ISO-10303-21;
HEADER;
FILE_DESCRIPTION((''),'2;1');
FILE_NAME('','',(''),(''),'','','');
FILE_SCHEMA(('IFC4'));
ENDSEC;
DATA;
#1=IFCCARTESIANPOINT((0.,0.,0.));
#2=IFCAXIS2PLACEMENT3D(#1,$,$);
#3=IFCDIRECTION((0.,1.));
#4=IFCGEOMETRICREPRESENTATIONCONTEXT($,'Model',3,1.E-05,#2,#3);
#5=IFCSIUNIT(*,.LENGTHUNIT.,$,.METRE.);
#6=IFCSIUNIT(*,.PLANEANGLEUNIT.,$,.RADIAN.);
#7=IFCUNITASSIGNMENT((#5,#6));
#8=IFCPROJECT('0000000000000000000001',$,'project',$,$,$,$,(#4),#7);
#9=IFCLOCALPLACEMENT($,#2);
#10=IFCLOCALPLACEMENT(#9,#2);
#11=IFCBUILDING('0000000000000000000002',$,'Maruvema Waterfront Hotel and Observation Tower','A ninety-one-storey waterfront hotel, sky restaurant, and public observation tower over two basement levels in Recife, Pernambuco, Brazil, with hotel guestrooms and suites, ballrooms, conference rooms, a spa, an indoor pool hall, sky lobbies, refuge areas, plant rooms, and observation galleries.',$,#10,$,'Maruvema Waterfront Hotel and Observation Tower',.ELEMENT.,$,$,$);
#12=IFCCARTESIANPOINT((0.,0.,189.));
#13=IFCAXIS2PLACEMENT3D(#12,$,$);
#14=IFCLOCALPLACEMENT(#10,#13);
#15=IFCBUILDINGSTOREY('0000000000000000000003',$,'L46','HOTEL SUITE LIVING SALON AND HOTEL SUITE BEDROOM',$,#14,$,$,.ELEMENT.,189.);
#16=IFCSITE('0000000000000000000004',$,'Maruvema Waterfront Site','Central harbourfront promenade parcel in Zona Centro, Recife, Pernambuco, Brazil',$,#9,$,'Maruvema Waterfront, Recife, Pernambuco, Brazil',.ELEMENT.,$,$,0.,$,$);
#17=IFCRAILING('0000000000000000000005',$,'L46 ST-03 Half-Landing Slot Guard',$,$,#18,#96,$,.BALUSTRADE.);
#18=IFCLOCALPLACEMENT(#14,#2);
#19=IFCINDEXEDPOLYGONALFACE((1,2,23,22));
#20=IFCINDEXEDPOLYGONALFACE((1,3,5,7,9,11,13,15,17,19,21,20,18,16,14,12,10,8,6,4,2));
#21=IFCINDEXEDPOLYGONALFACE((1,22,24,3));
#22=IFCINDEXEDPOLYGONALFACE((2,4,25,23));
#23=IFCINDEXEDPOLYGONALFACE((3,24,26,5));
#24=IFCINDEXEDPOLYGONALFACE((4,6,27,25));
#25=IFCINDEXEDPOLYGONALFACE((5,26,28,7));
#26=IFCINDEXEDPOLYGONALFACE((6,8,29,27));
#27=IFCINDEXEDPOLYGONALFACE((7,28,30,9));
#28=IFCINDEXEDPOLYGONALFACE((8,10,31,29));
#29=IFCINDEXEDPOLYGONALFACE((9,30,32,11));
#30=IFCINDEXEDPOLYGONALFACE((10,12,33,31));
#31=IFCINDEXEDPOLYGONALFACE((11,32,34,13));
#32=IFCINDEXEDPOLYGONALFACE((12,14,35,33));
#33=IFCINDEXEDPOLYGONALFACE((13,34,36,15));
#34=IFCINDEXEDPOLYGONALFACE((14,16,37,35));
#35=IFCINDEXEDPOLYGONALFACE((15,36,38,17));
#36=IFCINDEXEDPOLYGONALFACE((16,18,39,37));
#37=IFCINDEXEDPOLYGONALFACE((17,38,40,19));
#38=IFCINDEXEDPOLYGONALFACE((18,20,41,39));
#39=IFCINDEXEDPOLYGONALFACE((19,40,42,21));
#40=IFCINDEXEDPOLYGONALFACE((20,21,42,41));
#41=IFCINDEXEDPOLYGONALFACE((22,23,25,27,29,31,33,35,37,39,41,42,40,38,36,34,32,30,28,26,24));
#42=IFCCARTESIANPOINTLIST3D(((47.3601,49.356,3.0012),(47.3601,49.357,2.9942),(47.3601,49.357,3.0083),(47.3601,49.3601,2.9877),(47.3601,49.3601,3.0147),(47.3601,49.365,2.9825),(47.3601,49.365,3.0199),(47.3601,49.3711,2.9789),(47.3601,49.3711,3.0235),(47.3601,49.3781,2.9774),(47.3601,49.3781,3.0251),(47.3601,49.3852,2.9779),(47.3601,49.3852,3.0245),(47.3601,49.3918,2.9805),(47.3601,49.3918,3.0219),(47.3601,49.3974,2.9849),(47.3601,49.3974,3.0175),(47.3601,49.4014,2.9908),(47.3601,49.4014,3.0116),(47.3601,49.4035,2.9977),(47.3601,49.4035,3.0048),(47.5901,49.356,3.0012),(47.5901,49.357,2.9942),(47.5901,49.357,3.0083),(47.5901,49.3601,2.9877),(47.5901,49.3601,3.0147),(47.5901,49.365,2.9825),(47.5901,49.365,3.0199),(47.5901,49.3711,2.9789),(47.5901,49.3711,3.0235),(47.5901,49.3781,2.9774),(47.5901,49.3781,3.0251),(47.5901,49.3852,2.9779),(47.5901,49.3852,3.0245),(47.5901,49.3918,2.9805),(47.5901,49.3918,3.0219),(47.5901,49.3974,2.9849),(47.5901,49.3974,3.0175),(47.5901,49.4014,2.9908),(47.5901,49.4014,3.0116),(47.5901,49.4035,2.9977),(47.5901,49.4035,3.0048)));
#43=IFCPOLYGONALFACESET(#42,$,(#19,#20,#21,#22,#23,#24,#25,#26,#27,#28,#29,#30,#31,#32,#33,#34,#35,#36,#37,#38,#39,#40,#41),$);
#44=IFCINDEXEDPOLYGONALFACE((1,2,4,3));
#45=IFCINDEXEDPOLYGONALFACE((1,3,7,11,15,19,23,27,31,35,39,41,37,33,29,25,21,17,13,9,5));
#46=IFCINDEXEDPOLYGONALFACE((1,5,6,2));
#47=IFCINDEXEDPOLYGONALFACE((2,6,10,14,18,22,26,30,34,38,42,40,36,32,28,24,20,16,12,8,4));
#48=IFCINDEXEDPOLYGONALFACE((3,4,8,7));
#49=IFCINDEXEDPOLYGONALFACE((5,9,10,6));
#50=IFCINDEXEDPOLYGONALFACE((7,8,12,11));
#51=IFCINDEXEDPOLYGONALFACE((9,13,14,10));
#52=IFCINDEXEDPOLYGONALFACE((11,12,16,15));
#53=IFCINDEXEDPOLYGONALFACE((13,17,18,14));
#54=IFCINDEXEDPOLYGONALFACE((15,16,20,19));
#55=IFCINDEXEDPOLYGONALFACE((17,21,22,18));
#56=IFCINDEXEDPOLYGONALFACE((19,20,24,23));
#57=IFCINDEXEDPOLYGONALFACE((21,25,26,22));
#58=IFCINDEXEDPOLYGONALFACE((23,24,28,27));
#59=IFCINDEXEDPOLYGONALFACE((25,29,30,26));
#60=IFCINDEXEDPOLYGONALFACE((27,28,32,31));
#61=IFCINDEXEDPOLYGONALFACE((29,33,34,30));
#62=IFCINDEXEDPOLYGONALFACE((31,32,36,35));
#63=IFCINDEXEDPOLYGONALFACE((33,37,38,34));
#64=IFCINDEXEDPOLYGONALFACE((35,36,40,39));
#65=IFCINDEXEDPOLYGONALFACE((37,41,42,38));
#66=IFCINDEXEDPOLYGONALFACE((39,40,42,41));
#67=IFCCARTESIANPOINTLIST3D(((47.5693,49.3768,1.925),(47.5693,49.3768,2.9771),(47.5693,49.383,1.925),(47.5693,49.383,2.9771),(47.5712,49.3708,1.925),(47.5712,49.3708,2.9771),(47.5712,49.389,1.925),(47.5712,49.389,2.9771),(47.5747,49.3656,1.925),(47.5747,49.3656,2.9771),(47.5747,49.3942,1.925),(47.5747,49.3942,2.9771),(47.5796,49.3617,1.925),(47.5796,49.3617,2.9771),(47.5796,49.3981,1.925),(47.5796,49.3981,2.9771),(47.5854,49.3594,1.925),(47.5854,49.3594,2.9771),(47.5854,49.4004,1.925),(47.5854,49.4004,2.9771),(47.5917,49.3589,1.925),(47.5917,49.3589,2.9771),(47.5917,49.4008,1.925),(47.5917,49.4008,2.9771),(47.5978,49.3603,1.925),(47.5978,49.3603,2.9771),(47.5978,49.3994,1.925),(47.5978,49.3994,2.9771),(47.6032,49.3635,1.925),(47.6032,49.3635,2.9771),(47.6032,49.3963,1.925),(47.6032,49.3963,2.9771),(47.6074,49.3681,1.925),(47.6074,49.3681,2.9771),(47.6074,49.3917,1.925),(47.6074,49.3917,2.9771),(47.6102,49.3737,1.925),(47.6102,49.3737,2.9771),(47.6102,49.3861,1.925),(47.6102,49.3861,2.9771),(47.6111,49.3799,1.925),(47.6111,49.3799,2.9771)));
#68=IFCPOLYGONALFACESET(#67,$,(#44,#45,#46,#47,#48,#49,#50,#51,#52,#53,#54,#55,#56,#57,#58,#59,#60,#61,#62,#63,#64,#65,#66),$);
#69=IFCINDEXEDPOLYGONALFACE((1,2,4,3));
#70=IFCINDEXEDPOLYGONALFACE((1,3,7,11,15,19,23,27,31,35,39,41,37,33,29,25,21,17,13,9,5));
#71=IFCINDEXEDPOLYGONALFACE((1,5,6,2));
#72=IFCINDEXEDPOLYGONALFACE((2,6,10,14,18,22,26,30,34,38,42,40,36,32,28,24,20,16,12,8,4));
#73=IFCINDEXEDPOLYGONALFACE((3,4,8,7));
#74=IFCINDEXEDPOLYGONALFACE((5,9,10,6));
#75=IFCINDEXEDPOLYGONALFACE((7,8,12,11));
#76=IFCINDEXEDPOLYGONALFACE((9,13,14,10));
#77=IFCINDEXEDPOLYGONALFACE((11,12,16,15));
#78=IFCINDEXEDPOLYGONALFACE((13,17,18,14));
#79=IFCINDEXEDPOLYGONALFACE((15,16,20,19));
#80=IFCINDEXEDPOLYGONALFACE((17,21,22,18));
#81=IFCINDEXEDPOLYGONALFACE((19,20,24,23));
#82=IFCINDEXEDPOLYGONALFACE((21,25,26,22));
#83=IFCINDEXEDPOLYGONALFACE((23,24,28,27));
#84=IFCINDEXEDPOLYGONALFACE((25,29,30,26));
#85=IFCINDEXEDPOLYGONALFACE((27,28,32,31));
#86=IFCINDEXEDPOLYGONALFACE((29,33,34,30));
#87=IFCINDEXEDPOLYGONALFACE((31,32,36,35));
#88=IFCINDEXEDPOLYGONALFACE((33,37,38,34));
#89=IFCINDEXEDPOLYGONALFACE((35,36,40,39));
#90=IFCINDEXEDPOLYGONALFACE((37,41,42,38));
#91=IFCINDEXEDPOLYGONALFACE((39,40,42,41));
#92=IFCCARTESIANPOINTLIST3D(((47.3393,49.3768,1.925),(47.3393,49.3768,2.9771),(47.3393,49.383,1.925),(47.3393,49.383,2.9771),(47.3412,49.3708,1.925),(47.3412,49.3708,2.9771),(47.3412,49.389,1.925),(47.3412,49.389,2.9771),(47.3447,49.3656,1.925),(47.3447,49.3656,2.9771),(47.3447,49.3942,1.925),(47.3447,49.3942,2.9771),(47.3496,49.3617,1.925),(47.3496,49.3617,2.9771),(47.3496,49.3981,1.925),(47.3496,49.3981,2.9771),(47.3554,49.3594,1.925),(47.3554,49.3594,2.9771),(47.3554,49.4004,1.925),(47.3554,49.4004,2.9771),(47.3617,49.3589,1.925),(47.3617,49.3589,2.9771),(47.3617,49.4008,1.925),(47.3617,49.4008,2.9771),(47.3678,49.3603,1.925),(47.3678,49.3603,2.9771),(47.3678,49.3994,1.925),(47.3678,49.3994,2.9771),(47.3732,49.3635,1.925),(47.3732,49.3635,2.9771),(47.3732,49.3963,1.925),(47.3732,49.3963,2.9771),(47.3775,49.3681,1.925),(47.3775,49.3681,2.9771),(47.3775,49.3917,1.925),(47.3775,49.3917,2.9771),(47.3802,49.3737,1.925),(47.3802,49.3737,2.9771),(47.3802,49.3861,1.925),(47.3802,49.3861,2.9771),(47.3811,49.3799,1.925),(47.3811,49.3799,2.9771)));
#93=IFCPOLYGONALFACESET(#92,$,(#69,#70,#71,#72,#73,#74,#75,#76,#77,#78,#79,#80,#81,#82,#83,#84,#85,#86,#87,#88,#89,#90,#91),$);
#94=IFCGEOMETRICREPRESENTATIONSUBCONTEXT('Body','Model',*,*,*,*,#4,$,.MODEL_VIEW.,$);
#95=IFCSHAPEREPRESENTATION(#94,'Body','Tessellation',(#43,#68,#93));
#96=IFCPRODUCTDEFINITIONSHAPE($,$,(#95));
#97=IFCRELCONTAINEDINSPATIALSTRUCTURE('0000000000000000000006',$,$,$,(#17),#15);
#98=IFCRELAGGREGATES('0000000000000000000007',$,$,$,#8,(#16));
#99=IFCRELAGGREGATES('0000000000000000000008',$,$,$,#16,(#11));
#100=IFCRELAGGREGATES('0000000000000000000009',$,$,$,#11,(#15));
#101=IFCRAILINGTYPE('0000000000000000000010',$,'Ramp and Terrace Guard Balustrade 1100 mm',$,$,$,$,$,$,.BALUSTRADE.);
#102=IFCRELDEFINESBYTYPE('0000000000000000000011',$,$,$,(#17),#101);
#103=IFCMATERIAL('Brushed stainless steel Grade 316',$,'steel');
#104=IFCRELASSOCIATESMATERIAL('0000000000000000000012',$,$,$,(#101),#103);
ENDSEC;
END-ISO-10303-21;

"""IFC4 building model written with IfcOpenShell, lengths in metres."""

from ifc_helpers import new_model, si_unit, direction, frame, origin, origin_2d, place, context, subcontext, project, spatial, circle, extrude, material, type_object, element, save


model = new_model("IFC4")

# Units and contexts
model_context = context("Model", 3, precision=1e-05, world=origin(), true_north=direction((0.0, 1.0)))
body_context = subcontext(model_context, "Body", "Model", "MODEL_VIEW")
ifc_project = project(units=[si_unit("LENGTHUNIT", "METRE"), si_unit("PLANEANGLEUNIT", "RADIAN")], contexts=[model_context])

# Site, building, storey
site_placement = place(None, origin())
site = spatial("IfcSite", under=ifc_project, at=site_placement, Name="Maruvema Waterfront Site", Description="Central harbourfront promenade parcel in Zona Centro, Recife, Pernambuco, Brazil", LongName="Maruvema Waterfront, Recife, Pernambuco, Brazil", CompositionType="ELEMENT", RefElevation=0.0)
building_placement = place(site_placement, origin())
building = spatial("IfcBuilding", under=site, at=building_placement, Name="Maruvema Waterfront Hotel and Observation Tower", Description="A ninety-one-storey waterfront hotel, sky restaurant, and public observation tower over two basement levels in Recife, Pernambuco, Brazil, with hotel guestrooms and suites, ballrooms, conference rooms, a spa, an indoor pool hall, sky lobbies, refuge areas, plant rooms, and observation galleries.", LongName="Maruvema Waterfront Hotel and Observation Tower", CompositionType="ELEMENT")
storey_placement = place(building_placement, frame((0.0, 0.0, 189.0)))
storey = spatial("IfcBuildingStorey", under=building, at=storey_placement, Name="L46", Description="HOTEL SUITE LIVING SALON AND HOTEL SUITE BEDROOM", CompositionType="ELEMENT", Elevation=189.0)

# Railing
ifc_material_1 = material(Name="Brushed stainless steel Grade 316", Category="steel")
railing_type_1 = type_object("IfcRailingType", Name="Ramp and Terrace Guard Balustrade 1100 mm", PredefinedType="BALUSTRADE", material=ifc_material_1)
railing_1_placement = place(storey_placement, frame((47.5901, 49.3799, 1.925)))
element("IfcRailing", 1, at=railing_1_placement, inside=storey, type_object=railing_type_1, Name="L46 ST-03 Half-Landing Slot Guard", PredefinedType="BALUSTRADE", context=body_context, shape_type="SweptSolid", body=[
    extrude(circle(Radius=0.0239, at=origin_2d()), frame((0.0, 0.0, 1.0762), z_axis=(-1.0, 0.0, 0.0), x_axis=(0.0, -1.0, 0.0)), (0.0, 0.0, 1.0), 0.23),
    extrude(circle(Radius=0.021, at=origin_2d()), origin(), (0.0, 0.0, 1.0), 1.052),
    extrude(circle(Radius=0.021, at=origin_2d()), frame((-0.23, 0.0, 0.0)), (0.0, 0.0, 1.0), 1.052),
])

save(model, "model.ifc")
